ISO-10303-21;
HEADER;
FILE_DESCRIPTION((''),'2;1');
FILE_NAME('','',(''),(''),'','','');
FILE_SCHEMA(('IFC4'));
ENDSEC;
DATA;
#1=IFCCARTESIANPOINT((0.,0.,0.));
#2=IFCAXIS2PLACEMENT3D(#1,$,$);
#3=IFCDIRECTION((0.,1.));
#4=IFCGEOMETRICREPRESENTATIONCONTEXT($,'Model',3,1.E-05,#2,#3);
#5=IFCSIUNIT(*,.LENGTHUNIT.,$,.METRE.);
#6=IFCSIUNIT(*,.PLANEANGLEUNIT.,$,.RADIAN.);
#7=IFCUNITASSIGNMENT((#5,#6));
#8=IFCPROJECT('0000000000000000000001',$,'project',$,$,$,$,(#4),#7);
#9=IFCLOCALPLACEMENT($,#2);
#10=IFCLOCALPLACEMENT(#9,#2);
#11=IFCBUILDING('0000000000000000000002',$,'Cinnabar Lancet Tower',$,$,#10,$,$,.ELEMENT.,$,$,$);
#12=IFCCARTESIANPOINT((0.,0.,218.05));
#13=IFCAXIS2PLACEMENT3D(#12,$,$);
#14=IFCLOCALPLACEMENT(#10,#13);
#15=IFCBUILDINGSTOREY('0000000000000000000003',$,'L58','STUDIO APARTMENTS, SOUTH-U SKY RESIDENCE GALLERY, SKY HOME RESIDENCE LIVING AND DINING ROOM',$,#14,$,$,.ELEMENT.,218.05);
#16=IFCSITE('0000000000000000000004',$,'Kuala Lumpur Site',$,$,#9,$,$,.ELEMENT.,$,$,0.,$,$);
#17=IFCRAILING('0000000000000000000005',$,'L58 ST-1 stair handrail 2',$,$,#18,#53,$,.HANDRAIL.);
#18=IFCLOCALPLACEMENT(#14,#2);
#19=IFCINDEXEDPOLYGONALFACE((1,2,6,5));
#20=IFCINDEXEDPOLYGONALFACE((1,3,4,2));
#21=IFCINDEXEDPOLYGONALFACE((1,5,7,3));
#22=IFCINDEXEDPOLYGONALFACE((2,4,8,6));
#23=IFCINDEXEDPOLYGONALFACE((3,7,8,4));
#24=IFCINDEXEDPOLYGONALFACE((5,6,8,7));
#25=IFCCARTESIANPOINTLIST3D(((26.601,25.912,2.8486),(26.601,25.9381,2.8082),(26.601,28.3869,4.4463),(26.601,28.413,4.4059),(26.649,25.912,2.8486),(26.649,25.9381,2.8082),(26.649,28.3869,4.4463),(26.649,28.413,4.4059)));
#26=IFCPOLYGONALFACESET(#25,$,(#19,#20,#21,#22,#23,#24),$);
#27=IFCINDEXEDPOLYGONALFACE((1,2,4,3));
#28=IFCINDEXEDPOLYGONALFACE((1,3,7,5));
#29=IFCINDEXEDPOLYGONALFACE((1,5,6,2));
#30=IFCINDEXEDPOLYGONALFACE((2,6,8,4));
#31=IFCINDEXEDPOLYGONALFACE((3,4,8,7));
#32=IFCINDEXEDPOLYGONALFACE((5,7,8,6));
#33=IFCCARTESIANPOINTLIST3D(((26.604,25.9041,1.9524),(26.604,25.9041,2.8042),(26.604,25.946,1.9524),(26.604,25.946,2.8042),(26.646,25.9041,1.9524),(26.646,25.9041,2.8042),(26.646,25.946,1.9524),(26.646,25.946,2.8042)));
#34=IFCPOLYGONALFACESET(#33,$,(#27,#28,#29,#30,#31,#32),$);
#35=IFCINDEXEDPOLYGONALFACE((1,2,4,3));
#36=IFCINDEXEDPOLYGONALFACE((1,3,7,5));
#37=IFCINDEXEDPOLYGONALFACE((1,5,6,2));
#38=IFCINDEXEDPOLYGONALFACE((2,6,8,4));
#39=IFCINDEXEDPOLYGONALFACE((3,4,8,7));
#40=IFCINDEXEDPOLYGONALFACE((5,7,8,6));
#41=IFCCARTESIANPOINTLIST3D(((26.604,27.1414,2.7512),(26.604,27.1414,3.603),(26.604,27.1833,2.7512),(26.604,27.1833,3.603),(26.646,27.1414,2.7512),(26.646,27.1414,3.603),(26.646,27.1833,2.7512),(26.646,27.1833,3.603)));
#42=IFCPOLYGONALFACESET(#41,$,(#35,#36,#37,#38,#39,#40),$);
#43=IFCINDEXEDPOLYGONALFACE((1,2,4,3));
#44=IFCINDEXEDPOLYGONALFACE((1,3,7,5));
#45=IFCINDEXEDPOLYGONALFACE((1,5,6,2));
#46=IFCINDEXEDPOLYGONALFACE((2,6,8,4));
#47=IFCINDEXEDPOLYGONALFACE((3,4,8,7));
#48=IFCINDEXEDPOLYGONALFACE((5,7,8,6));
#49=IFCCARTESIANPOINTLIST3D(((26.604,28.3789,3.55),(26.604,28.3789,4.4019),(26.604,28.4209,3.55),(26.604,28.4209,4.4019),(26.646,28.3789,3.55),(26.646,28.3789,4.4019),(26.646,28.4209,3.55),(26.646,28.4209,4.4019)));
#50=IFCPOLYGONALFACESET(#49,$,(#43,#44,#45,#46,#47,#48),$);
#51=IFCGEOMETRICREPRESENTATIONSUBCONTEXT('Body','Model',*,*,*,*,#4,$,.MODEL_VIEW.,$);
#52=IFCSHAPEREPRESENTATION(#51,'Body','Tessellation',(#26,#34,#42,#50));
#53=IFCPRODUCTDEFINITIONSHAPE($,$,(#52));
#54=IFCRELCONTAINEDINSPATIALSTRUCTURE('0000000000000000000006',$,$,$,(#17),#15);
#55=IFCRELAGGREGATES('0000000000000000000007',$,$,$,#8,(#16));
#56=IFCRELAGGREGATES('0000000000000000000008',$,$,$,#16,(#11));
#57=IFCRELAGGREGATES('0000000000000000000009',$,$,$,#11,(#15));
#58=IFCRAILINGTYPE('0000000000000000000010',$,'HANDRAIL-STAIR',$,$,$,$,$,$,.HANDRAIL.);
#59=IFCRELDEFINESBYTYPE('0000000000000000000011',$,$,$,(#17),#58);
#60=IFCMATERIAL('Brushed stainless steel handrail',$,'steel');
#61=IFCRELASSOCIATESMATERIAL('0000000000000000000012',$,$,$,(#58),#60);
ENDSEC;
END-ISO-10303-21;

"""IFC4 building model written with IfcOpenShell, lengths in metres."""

from ifc_helpers import new_model, si_unit, direction, frame, origin, origin_2d, place, context, subcontext, project, spatial, rectangle, extrude, material, type_object, element, save


model = new_model("IFC4")

# Units and contexts
model_context = context("Model", 3, precision=1e-05, world=origin(), true_north=direction((0.0, 1.0)))
body_context = subcontext(model_context, "Body", "Model", "MODEL_VIEW")
ifc_project = project(units=[si_unit("LENGTHUNIT", "METRE"), si_unit("PLANEANGLEUNIT", "RADIAN")], contexts=[model_context])

# Site, building, storey
site_placement = place(None, origin())
site = spatial("IfcSite", under=ifc_project, at=site_placement, Name="Kuala Lumpur Site", CompositionType="ELEMENT", RefElevation=0.0)
building_placement = place(site_placement, origin())
building = spatial("IfcBuilding", under=site, at=building_placement, Name="Cinnabar Lancet Tower", CompositionType="ELEMENT")
storey_placement = place(building_placement, frame((0.0, 0.0, 218.05)))
storey = spatial("IfcBuildingStorey", under=building, at=storey_placement, Name="L58", Description="STUDIO APARTMENTS, SOUTH-U SKY RESIDENCE GALLERY, SKY HOME RESIDENCE LIVING AND DINING ROOM", CompositionType="ELEMENT", Elevation=218.05)

# Railing
ifc_material_1 = material(Name="Brushed stainless steel handrail", Category="steel")
railing_type_1 = type_object("IfcRailingType", Name="HANDRAIL-STAIR", PredefinedType="HANDRAIL", material=ifc_material_1)
railing_1_placement = place(storey_placement, frame((26.625, 25.925, 1.9524)))
element("IfcRailing", 1, at=railing_1_placement, inside=storey, type_object=railing_type_1, Name="L58 ST-1 stair handrail 2", PredefinedType="HANDRAIL", context=body_context, shape_type="SweptSolid", body=[
    extrude(rectangle(XDim=0.0481, YDim=0.0481, at=origin_2d()), frame((0.0, 0.0, 0.876), z_axis=(0.0, 0.840146, 0.542361), x_axis=(-1.0, 0.0, 0.0)), (0.0, 0.0, 1.0), 2.9458),
    extrude(rectangle(XDim=0.042, YDim=0.042, at=origin_2d()), origin(), (0.0, 0.0, 1.0), 0.8518),
    extrude(rectangle(XDim=0.042, YDim=0.042, at=origin_2d()), frame((0.0, 1.2373, 0.7988)), (0.0, 0.0, 1.0), 0.8518),
    extrude(rectangle(XDim=0.042, YDim=0.042, at=origin_2d()), frame((0.0, 2.4749, 1.5977)), (0.0, 0.0, 1.0), 0.8518),
])

save(model, "model.ifc")
